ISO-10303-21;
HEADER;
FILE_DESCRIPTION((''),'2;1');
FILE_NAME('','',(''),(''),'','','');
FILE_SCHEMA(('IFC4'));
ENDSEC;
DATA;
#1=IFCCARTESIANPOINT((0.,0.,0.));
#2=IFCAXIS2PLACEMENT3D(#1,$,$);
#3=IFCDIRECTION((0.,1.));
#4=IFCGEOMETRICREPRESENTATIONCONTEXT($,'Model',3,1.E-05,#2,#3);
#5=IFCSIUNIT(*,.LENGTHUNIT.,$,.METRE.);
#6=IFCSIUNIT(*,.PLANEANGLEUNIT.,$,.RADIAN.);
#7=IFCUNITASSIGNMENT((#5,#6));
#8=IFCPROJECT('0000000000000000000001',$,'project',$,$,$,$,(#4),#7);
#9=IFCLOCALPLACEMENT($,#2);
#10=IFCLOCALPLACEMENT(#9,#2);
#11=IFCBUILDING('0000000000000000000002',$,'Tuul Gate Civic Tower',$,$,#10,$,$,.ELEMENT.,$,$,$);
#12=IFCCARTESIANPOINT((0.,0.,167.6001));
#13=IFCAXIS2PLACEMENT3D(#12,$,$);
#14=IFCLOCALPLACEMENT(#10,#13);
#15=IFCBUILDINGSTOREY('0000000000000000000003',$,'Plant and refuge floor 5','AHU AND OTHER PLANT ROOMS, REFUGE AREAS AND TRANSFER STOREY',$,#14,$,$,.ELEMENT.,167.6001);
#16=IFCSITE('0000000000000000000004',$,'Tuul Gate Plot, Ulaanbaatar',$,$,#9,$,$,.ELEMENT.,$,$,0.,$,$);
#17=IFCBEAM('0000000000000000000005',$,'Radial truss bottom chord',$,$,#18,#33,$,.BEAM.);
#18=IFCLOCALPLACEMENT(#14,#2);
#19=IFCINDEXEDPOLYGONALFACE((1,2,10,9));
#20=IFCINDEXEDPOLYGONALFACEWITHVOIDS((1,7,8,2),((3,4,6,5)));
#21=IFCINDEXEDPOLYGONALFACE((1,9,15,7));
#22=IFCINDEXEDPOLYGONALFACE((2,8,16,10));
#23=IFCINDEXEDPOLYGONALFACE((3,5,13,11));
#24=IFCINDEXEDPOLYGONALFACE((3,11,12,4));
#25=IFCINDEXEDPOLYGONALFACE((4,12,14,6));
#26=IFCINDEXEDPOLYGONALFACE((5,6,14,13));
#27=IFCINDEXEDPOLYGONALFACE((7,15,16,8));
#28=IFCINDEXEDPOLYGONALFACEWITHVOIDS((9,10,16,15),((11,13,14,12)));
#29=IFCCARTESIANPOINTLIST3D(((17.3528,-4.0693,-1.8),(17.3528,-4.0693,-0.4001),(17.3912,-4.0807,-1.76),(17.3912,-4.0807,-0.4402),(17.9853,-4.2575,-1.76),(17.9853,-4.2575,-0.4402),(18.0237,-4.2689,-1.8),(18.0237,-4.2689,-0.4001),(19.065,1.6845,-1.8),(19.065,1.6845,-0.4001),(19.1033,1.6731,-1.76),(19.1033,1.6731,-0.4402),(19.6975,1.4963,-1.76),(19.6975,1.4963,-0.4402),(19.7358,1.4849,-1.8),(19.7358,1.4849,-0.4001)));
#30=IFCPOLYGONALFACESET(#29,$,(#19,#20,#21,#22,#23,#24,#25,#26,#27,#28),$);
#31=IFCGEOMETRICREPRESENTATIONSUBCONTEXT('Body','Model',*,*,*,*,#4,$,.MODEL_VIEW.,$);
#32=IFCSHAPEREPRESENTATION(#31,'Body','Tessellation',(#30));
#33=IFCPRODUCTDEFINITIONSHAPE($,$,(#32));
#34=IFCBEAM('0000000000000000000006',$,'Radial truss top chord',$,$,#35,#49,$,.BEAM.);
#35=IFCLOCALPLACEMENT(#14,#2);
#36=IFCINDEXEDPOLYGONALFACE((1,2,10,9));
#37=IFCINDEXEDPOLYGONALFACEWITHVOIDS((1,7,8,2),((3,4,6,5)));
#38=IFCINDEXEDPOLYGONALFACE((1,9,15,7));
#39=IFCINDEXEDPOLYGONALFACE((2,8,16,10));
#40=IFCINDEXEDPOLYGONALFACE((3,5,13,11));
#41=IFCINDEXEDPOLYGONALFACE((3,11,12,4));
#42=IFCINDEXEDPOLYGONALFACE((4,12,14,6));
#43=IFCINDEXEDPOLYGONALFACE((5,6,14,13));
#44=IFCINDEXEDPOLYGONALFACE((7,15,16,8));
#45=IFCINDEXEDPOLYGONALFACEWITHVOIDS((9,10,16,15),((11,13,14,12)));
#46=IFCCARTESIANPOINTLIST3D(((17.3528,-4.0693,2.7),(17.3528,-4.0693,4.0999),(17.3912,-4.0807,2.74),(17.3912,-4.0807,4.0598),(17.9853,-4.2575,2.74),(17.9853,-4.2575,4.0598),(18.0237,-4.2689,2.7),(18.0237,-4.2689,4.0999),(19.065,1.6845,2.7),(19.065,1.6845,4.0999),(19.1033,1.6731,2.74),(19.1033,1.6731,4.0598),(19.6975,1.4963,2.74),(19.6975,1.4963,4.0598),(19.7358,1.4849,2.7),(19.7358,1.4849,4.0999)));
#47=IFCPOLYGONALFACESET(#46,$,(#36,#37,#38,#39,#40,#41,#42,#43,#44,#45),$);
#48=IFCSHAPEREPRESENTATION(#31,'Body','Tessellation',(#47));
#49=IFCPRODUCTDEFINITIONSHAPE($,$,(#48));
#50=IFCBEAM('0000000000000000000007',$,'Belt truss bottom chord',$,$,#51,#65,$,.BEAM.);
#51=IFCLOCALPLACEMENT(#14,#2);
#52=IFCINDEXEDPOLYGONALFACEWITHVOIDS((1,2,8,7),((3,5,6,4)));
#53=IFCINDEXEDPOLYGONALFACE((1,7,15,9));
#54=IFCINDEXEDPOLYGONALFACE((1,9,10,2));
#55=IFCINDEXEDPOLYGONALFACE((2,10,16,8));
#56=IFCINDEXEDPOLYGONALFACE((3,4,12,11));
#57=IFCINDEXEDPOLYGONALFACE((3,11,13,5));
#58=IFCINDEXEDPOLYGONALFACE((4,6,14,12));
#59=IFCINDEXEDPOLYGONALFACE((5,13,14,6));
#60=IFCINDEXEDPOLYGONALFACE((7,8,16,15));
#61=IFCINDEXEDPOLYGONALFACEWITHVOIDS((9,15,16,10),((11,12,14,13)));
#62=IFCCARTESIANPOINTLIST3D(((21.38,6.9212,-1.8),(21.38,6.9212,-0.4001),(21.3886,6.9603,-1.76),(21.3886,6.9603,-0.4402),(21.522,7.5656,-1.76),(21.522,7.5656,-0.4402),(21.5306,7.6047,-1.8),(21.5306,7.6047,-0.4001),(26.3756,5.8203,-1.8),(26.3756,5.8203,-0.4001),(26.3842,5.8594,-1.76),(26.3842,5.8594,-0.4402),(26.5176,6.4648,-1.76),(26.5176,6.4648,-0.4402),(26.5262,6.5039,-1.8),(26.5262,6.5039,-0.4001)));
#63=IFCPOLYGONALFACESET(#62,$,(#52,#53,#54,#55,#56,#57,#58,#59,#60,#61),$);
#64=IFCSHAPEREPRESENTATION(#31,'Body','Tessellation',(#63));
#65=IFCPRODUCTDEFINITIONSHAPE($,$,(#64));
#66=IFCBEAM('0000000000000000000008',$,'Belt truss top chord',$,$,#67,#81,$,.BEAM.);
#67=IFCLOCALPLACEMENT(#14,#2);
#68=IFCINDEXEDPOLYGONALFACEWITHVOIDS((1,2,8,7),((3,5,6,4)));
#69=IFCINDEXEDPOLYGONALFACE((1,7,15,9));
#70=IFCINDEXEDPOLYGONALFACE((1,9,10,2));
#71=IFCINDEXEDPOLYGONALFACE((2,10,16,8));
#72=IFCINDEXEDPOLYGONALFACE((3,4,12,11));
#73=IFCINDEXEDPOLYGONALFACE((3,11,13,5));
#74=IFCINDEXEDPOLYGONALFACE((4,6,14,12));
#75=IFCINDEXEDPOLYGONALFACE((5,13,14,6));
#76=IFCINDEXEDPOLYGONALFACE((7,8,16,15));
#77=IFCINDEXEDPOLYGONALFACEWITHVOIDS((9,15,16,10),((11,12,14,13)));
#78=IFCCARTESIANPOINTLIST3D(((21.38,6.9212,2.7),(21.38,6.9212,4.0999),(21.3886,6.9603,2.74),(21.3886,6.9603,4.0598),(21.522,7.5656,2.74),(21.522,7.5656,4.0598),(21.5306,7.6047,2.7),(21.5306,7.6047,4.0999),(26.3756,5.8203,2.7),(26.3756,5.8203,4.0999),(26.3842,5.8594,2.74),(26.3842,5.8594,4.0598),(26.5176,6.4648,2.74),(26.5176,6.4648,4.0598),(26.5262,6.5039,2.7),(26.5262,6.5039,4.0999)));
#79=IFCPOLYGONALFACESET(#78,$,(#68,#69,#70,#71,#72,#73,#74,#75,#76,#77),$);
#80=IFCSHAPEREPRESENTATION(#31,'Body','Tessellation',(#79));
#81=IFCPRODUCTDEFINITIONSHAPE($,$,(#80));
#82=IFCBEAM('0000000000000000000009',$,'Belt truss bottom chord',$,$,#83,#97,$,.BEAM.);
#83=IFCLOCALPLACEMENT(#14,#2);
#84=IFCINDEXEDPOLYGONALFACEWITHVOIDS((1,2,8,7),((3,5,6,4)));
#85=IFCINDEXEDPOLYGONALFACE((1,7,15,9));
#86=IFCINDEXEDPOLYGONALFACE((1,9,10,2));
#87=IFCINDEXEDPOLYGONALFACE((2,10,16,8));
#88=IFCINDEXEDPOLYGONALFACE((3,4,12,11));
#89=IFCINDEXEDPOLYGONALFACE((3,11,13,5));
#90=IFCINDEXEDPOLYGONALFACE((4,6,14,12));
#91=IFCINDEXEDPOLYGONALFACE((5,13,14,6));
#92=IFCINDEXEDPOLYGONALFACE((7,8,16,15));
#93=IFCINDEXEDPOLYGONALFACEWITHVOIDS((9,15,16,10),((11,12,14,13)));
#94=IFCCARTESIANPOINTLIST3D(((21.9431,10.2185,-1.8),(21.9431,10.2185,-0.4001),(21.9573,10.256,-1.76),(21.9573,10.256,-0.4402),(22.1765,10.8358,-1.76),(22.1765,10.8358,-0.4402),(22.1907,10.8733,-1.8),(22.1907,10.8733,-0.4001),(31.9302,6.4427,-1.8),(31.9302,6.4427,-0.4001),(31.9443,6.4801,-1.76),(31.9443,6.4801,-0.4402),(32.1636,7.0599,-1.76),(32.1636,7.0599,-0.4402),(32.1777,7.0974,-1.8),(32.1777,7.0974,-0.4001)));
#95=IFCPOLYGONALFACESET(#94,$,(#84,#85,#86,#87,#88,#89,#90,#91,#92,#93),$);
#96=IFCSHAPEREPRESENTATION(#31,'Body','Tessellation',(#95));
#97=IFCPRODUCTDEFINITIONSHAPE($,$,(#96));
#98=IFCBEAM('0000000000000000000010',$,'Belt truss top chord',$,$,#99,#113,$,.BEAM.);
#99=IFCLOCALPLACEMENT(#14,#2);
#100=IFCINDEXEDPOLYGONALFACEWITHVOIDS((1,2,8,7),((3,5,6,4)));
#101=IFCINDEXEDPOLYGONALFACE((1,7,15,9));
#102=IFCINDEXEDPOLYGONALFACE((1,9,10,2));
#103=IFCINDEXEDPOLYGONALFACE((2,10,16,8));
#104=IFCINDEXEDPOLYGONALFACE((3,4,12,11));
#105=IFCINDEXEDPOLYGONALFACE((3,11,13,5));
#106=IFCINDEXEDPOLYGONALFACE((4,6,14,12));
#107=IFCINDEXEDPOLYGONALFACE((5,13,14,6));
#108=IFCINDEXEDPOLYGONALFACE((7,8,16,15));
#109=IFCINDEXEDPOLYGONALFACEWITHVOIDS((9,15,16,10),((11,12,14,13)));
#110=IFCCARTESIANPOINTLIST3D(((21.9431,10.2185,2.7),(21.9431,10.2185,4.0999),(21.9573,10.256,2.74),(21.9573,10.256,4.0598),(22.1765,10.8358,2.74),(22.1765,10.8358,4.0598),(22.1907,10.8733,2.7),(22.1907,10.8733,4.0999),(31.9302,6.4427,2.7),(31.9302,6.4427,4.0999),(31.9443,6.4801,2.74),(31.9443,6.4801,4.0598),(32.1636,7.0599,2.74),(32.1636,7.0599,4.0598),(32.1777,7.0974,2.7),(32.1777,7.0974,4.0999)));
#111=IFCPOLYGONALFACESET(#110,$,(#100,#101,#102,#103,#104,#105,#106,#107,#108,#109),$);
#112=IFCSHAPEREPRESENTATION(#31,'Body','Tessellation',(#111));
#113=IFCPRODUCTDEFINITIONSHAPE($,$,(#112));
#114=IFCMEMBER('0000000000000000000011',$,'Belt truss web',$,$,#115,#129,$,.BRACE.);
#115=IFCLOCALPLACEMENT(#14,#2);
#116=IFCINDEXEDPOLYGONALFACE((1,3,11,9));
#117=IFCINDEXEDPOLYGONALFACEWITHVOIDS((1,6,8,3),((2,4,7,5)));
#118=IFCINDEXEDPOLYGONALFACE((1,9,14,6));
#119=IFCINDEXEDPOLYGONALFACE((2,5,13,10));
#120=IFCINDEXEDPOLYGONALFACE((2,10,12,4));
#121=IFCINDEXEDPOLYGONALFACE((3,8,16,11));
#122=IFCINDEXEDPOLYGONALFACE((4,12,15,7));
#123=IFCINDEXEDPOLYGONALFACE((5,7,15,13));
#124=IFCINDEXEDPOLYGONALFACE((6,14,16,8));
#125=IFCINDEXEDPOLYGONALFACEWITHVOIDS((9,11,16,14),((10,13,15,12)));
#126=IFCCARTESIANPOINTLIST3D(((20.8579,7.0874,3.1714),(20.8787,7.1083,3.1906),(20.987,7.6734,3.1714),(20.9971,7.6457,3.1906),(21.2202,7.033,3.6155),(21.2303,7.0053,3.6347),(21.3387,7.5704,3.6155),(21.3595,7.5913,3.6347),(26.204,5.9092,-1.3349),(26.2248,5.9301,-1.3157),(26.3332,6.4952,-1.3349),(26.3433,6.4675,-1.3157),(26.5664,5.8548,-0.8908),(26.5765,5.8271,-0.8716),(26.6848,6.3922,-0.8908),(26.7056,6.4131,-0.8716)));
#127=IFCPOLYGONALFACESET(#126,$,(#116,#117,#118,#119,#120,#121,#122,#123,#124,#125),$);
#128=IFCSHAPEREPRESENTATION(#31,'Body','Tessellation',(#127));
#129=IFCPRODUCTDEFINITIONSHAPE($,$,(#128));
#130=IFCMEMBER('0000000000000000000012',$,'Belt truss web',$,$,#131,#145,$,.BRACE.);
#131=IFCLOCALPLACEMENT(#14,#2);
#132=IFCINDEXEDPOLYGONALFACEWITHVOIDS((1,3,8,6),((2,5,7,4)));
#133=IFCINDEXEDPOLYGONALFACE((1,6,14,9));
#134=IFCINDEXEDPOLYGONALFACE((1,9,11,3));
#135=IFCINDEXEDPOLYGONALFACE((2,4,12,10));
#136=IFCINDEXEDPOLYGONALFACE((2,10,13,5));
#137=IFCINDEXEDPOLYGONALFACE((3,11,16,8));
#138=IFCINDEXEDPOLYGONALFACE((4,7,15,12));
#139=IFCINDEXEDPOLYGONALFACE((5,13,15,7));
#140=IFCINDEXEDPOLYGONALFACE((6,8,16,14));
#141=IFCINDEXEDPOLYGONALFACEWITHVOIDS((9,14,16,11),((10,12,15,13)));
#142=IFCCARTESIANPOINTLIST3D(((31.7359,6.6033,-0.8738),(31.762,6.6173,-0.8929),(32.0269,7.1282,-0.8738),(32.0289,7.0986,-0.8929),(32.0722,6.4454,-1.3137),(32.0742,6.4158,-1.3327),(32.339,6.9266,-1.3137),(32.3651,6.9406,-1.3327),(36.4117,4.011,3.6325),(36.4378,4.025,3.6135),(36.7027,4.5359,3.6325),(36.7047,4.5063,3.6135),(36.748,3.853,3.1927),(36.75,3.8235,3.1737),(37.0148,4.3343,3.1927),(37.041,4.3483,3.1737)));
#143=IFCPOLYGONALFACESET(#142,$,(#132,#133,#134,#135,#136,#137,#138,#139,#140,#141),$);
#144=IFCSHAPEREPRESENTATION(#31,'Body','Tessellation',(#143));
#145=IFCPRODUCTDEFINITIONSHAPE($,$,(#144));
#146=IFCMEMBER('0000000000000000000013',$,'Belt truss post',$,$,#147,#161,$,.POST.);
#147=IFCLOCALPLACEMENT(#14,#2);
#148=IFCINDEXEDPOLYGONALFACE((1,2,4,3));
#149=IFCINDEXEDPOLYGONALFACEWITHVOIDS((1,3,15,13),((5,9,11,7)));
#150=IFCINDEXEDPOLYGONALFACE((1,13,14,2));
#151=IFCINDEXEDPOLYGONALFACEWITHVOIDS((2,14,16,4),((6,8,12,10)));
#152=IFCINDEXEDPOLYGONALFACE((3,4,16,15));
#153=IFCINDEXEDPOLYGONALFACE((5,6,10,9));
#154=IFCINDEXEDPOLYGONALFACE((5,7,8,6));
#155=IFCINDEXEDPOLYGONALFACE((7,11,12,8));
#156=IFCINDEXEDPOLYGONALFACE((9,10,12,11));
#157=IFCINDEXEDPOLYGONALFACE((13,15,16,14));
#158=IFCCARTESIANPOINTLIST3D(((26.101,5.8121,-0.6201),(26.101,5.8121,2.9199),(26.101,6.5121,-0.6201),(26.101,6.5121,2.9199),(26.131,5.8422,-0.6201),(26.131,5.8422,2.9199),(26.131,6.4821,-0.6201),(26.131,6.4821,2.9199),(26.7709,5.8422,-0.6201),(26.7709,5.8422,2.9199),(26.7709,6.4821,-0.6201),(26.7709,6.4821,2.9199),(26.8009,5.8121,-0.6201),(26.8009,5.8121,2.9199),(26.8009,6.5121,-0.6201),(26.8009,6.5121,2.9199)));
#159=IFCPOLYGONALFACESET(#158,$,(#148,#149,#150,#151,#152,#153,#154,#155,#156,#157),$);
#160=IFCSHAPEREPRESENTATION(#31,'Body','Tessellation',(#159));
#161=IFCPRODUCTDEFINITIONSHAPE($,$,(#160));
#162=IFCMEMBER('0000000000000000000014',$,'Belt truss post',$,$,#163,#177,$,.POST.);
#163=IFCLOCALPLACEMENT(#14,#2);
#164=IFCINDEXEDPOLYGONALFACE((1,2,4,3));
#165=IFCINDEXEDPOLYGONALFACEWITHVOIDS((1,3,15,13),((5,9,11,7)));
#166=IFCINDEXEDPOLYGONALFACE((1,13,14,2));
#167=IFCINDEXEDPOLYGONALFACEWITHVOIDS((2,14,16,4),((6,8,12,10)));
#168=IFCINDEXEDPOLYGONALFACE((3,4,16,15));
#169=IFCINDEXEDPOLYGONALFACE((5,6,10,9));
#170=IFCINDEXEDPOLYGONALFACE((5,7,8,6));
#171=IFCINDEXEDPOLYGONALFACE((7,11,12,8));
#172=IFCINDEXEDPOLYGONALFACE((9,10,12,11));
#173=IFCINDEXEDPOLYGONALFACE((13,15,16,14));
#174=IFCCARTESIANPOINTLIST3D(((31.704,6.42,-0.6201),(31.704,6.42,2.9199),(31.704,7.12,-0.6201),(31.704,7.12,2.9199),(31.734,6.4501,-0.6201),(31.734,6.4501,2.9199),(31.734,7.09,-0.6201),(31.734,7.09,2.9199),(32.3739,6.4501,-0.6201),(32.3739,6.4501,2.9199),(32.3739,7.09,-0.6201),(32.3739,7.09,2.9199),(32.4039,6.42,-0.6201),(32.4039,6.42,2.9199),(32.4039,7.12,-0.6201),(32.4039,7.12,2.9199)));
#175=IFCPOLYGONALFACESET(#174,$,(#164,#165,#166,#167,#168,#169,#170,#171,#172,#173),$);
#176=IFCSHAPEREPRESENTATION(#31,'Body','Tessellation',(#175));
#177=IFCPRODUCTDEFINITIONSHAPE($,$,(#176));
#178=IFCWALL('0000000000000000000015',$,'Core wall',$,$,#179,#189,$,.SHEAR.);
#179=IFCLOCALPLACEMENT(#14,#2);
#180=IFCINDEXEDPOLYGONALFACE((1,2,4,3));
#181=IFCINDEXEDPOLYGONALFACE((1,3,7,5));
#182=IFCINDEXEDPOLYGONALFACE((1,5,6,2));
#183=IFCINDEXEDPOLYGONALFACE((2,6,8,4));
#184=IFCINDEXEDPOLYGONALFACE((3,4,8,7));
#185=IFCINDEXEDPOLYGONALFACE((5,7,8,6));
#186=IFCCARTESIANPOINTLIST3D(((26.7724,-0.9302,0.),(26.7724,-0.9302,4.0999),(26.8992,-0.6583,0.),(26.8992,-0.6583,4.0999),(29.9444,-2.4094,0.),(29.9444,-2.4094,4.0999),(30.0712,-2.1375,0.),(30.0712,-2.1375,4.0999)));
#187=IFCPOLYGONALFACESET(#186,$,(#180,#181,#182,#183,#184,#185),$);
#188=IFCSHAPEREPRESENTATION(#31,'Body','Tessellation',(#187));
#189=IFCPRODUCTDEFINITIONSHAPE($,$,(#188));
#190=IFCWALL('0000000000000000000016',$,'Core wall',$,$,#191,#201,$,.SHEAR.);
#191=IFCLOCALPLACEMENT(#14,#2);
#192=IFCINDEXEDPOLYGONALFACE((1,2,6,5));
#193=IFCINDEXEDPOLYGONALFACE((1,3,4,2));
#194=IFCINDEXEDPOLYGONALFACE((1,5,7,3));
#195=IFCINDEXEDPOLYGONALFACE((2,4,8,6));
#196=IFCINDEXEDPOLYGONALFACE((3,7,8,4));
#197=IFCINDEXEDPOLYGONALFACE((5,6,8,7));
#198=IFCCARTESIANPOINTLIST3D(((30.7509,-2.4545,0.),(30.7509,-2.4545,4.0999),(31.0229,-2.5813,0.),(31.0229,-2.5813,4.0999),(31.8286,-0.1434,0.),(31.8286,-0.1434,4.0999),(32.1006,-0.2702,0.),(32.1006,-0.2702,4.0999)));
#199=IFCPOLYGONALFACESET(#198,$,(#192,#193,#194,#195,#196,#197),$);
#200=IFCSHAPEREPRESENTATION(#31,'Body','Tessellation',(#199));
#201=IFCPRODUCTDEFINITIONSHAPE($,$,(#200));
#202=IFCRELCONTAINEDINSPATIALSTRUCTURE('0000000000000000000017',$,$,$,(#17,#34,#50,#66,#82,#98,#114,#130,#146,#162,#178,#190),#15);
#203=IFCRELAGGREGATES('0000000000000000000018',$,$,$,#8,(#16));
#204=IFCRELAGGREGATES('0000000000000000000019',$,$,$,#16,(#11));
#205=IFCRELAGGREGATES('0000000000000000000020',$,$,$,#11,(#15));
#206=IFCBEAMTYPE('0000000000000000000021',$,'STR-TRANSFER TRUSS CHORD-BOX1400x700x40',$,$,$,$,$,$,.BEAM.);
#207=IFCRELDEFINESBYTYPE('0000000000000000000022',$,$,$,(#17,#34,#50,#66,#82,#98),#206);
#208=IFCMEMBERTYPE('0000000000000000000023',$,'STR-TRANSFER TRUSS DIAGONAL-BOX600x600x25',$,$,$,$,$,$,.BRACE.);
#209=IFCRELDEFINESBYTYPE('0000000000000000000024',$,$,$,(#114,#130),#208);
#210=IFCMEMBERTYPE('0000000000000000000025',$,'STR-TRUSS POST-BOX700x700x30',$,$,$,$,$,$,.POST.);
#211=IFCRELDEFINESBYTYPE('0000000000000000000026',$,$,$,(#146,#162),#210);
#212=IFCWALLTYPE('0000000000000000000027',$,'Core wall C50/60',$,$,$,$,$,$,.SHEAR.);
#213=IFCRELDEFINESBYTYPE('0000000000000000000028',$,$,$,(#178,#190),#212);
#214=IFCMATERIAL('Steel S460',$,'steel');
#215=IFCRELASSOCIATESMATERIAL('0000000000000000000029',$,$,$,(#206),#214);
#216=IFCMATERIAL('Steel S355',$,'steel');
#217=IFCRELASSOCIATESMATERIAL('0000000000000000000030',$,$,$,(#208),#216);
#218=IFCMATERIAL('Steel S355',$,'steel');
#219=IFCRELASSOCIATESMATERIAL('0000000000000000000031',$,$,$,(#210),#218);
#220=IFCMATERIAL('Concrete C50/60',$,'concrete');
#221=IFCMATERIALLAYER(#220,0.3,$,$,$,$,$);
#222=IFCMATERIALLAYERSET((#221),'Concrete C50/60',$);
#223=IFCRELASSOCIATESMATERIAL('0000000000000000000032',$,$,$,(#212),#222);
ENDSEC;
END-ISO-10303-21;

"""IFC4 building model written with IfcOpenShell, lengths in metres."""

from ifc_helpers import new_model, si_unit, direction, frame, frame_2d, origin, origin_2d, place, context, subcontext, project, spatial, rectangle, hollow_rectangle, extrude, material, layer, layer_set, material_profile, profile_set, type_object, element, save


model = new_model("IFC4")

# Units and contexts
model_context = context("Model", 3, precision=1e-05, world=origin(), true_north=direction((0.0, 1.0)))
body_context = subcontext(model_context, "Body", "Model", "MODEL_VIEW")
ifc_project = project(units=[si_unit("LENGTHUNIT", "METRE"), si_unit("PLANEANGLEUNIT", "RADIAN")], contexts=[model_context])

# Site, building, storey
site_placement = place(None, origin())
site = spatial("IfcSite", under=ifc_project, at=site_placement, Name="Tuul Gate Plot, Ulaanbaatar", CompositionType="ELEMENT", RefElevation=0.0)
building_placement = place(site_placement, origin())
building = spatial("IfcBuilding", under=site, at=building_placement, Name="Tuul Gate Civic Tower", CompositionType="ELEMENT")
storey_placement = place(building_placement, frame((0.0, 0.0, 167.6001)))
storey = spatial("IfcBuildingStorey", under=building, at=storey_placement, Name="Plant and refuge floor 5", Description="AHU AND OTHER PLANT ROOMS, REFUGE AREAS AND TRANSFER STOREY", CompositionType="ELEMENT", Elevation=167.6001)

# Beams
ifc_material_1 = material(Name="Steel S460", Category="steel")
ifc_material_profile_1 = material_profile(ifc_material_1, hollow_rectangle(XDim=0.7, YDim=1.3999, WallThickness=0.04, at=origin_2d()), Name="BOX1400x700x40")
ifc_profile_set_1 = profile_set([ifc_material_profile_1], Name="Steel S460")
beam_type = type_object("IfcBeamType", Name="STR-TRANSFER TRUSS CHORD-BOX1400x700x40", PredefinedType="BEAM", material=ifc_profile_set_1)
for number, where, z_axis, x_axis, name in (
    (1, (19.4004, 1.5847, -1.1001), (-0.285206, -0.958466, 0.0), (0.958466, -0.285206, 0.0), "Radial truss bottom chord"),
    (2, (19.4004, 1.5847, 3.3999), (-0.285206, -0.958466, 0.0), (0.958466, -0.285206, 0.0), "Radial truss top chord"),
):
    element("IfcBeam", number, at=place(storey_placement, frame(where, z_axis=z_axis, x_axis=x_axis)), inside=storey, type_object=beam_type, Name=name, PredefinedType="BEAM", context=body_context, shape_type="SweptSolid", body=[
        extrude(hollow_rectangle(XDim=0.7, YDim=1.3999, WallThickness=0.04, at=origin_2d()), origin(), (0.0, 0.0, 1.0), 6.0032),
    ])
for number, where, z_axis, x_axis, name in (
    (3, (26.4509, 6.1621, -1.1001), (-0.976571, 0.215197, 0.0), (-0.215197, -0.976571, 0.0), "Belt truss bottom chord"),
    (4, (26.4509, 6.1621, 3.3999), (-0.976571, 0.215197, 0.0), (-0.215197, -0.976571, 0.0), "Belt truss top chord"),
):
    element("IfcBeam", number, at=place(storey_placement, frame(where, z_axis=z_axis, x_axis=x_axis)), inside=storey, type_object=beam_type, Name=name, PredefinedType="BEAM", context=body_context, shape_type="SweptSolid", body=[
        extrude(hollow_rectangle(XDim=0.7, YDim=1.3999, WallThickness=0.04, at=origin_2d()), origin(), (0.0, 0.0, 1.0), 5.1155),
    ])
for number, where, z_axis, x_axis, name in (
    (5, (32.054, 6.77, -1.1001), (-0.93538, 0.353646, 0.0), (-0.353646, -0.93538, 0.0), "Belt truss bottom chord"),
    (6, (32.054, 6.77, 3.3999), (-0.93538, 0.353646, 0.0), (-0.353646, -0.93538, 0.0), "Belt truss top chord"),
):
    element("IfcBeam", number, at=place(storey_placement, frame(where, z_axis=z_axis, x_axis=x_axis)), inside=storey, type_object=beam_type, Name=name, PredefinedType="BEAM", context=body_context, shape_type="SweptSolid", body=[
        extrude(hollow_rectangle(XDim=0.7, YDim=1.3999, WallThickness=0.04, at=origin_2d()), origin(), (0.0, 0.0, 1.0), 10.677),
    ])

# Members
ifc_material_2 = material(Name="Steel S355", Category="steel")
ifc_material_profile_2 = material_profile(ifc_material_2, hollow_rectangle(XDim=0.6001, YDim=0.6001, WallThickness=0.0249, at=origin_2d()), Name="BOX600x600x25")
ifc_profile_set_2 = profile_set([ifc_material_profile_2], Name="Steel S355")
member_type_1 = type_object("IfcMemberType", Name="STR-TRANSFER TRUSS DIAGONAL-BOX600x600x25", PredefinedType="BRACE", material=ifc_profile_set_2)
member_1_placement = place(storey_placement, frame((26.4548, 6.1611, -1.1033), z_axis=(-0.753979, 0.166166, 0.635535), x_axis=(-0.215221, -0.976565, 0.0)))
element("IfcMember", 7, at=member_1_placement, inside=storey, type_object=member_type_1, Name="Belt truss web", PredefinedType="BRACE", context=body_context, shape_type="SweptSolid", body=[
    extrude(hollow_rectangle(XDim=0.6001, YDim=0.6001, WallThickness=0.0249, at=origin_2d()), origin(), (0.0, 0.0, 1.0), 7.0906),
])
member_2_placement = place(storey_placement, frame((32.0505, 6.772, -1.1033), z_axis=(0.668719, -0.370743, 0.644487), x_axis=(0.484875, 0.874583, 0.0)))
element("IfcMember", 8, at=member_2_placement, inside=storey, type_object=member_type_1, Name="Belt truss web", PredefinedType="BRACE", context=body_context, shape_type="SweptSolid", body=[
    extrude(hollow_rectangle(XDim=0.6001, YDim=0.6001, WallThickness=0.0249, at=origin_2d()), origin(), (0.0, 0.0, 1.0), 6.9922),
])
ifc_material_3 = material(Name="Steel S355", Category="steel")
ifc_material_profile_3 = material_profile(ifc_material_3, hollow_rectangle(XDim=0.7, YDim=0.7, WallThickness=0.03, at=origin_2d()), Name="BOX700x700x30")
ifc_profile_set_3 = profile_set([ifc_material_profile_3], Name="Steel S355")
member_type_2 = type_object("IfcMemberType", Name="STR-TRUSS POST-BOX700x700x30", PredefinedType="POST", material=ifc_profile_set_3)
for number, where, z_axis, x_axis, name in (
    (9, (26.4509, 6.1621, -0.6201), (0.0, 0.0, 1.0), (1.0, 0.0, 0.0), "Belt truss post"),
    (10, (32.054, 6.77, -0.6201), (0.0, 0.0, 1.0), (1.0, 0.0, 0.0), "Belt truss post"),
):
    element("IfcMember", number, at=place(storey_placement, frame(where, z_axis=z_axis, x_axis=x_axis)), inside=storey, type_object=member_type_2, Name=name, PredefinedType="POST", context=body_context, shape_type="SweptSolid", body=[
        extrude(hollow_rectangle(XDim=0.7, YDim=0.7, WallThickness=0.03, at=origin_2d()), origin(), (0.0, 0.0, 1.0), 3.54),
    ])

# Walls
ifc_material_4 = material(Name="Concrete C50/60", Category="concrete")
ifc_layer_1 = layer(ifc_material_4, 0.3)
ifc_layer_set_1 = layer_set([ifc_layer_1], Name="Concrete C50/60")
wall_type_1 = type_object("IfcWallType", Name="Core wall C50/60", PredefinedType="SHEAR", material=ifc_layer_set_1)
wall_1_placement = place(storey_placement, frame((30.0078, -2.2734, 0.0), z_axis=(0.0, 0.0, 1.0), x_axis=(-0.906301, 0.422633, 0.0)))
element("IfcWall", 11, at=wall_1_placement, inside=storey, type_object=wall_type_1, Name="Core wall", PredefinedType="SHEAR", context=body_context, shape_type="SweptSolid", body=[
    extrude(rectangle(XDim=3.5, YDim=0.3, at=frame_2d((1.75, 0.0))), origin(), (0.0, 0.0, 1.0), 4.0999),
])
for number, where, z_axis, x_axis, name in (
    (12, (30.887, -2.5178, 0.0), (0.0, 0.0, 1.0), (0.422613, 0.90631, 0.0), "Core wall"),
):
    element("IfcWall", number, at=place(storey_placement, frame(where, z_axis=z_axis, x_axis=x_axis)), inside=storey, type_object=wall_type_1, Name=name, PredefinedType="SHEAR", context=body_context, shape_type="SweptSolid", body=[
        extrude(rectangle(XDim=2.55, YDim=0.3, at=frame_2d((1.2749, 0.0))), origin(), (0.0, 0.0, 1.0), 4.0999),
    ])

save(model, "model.ifc")
